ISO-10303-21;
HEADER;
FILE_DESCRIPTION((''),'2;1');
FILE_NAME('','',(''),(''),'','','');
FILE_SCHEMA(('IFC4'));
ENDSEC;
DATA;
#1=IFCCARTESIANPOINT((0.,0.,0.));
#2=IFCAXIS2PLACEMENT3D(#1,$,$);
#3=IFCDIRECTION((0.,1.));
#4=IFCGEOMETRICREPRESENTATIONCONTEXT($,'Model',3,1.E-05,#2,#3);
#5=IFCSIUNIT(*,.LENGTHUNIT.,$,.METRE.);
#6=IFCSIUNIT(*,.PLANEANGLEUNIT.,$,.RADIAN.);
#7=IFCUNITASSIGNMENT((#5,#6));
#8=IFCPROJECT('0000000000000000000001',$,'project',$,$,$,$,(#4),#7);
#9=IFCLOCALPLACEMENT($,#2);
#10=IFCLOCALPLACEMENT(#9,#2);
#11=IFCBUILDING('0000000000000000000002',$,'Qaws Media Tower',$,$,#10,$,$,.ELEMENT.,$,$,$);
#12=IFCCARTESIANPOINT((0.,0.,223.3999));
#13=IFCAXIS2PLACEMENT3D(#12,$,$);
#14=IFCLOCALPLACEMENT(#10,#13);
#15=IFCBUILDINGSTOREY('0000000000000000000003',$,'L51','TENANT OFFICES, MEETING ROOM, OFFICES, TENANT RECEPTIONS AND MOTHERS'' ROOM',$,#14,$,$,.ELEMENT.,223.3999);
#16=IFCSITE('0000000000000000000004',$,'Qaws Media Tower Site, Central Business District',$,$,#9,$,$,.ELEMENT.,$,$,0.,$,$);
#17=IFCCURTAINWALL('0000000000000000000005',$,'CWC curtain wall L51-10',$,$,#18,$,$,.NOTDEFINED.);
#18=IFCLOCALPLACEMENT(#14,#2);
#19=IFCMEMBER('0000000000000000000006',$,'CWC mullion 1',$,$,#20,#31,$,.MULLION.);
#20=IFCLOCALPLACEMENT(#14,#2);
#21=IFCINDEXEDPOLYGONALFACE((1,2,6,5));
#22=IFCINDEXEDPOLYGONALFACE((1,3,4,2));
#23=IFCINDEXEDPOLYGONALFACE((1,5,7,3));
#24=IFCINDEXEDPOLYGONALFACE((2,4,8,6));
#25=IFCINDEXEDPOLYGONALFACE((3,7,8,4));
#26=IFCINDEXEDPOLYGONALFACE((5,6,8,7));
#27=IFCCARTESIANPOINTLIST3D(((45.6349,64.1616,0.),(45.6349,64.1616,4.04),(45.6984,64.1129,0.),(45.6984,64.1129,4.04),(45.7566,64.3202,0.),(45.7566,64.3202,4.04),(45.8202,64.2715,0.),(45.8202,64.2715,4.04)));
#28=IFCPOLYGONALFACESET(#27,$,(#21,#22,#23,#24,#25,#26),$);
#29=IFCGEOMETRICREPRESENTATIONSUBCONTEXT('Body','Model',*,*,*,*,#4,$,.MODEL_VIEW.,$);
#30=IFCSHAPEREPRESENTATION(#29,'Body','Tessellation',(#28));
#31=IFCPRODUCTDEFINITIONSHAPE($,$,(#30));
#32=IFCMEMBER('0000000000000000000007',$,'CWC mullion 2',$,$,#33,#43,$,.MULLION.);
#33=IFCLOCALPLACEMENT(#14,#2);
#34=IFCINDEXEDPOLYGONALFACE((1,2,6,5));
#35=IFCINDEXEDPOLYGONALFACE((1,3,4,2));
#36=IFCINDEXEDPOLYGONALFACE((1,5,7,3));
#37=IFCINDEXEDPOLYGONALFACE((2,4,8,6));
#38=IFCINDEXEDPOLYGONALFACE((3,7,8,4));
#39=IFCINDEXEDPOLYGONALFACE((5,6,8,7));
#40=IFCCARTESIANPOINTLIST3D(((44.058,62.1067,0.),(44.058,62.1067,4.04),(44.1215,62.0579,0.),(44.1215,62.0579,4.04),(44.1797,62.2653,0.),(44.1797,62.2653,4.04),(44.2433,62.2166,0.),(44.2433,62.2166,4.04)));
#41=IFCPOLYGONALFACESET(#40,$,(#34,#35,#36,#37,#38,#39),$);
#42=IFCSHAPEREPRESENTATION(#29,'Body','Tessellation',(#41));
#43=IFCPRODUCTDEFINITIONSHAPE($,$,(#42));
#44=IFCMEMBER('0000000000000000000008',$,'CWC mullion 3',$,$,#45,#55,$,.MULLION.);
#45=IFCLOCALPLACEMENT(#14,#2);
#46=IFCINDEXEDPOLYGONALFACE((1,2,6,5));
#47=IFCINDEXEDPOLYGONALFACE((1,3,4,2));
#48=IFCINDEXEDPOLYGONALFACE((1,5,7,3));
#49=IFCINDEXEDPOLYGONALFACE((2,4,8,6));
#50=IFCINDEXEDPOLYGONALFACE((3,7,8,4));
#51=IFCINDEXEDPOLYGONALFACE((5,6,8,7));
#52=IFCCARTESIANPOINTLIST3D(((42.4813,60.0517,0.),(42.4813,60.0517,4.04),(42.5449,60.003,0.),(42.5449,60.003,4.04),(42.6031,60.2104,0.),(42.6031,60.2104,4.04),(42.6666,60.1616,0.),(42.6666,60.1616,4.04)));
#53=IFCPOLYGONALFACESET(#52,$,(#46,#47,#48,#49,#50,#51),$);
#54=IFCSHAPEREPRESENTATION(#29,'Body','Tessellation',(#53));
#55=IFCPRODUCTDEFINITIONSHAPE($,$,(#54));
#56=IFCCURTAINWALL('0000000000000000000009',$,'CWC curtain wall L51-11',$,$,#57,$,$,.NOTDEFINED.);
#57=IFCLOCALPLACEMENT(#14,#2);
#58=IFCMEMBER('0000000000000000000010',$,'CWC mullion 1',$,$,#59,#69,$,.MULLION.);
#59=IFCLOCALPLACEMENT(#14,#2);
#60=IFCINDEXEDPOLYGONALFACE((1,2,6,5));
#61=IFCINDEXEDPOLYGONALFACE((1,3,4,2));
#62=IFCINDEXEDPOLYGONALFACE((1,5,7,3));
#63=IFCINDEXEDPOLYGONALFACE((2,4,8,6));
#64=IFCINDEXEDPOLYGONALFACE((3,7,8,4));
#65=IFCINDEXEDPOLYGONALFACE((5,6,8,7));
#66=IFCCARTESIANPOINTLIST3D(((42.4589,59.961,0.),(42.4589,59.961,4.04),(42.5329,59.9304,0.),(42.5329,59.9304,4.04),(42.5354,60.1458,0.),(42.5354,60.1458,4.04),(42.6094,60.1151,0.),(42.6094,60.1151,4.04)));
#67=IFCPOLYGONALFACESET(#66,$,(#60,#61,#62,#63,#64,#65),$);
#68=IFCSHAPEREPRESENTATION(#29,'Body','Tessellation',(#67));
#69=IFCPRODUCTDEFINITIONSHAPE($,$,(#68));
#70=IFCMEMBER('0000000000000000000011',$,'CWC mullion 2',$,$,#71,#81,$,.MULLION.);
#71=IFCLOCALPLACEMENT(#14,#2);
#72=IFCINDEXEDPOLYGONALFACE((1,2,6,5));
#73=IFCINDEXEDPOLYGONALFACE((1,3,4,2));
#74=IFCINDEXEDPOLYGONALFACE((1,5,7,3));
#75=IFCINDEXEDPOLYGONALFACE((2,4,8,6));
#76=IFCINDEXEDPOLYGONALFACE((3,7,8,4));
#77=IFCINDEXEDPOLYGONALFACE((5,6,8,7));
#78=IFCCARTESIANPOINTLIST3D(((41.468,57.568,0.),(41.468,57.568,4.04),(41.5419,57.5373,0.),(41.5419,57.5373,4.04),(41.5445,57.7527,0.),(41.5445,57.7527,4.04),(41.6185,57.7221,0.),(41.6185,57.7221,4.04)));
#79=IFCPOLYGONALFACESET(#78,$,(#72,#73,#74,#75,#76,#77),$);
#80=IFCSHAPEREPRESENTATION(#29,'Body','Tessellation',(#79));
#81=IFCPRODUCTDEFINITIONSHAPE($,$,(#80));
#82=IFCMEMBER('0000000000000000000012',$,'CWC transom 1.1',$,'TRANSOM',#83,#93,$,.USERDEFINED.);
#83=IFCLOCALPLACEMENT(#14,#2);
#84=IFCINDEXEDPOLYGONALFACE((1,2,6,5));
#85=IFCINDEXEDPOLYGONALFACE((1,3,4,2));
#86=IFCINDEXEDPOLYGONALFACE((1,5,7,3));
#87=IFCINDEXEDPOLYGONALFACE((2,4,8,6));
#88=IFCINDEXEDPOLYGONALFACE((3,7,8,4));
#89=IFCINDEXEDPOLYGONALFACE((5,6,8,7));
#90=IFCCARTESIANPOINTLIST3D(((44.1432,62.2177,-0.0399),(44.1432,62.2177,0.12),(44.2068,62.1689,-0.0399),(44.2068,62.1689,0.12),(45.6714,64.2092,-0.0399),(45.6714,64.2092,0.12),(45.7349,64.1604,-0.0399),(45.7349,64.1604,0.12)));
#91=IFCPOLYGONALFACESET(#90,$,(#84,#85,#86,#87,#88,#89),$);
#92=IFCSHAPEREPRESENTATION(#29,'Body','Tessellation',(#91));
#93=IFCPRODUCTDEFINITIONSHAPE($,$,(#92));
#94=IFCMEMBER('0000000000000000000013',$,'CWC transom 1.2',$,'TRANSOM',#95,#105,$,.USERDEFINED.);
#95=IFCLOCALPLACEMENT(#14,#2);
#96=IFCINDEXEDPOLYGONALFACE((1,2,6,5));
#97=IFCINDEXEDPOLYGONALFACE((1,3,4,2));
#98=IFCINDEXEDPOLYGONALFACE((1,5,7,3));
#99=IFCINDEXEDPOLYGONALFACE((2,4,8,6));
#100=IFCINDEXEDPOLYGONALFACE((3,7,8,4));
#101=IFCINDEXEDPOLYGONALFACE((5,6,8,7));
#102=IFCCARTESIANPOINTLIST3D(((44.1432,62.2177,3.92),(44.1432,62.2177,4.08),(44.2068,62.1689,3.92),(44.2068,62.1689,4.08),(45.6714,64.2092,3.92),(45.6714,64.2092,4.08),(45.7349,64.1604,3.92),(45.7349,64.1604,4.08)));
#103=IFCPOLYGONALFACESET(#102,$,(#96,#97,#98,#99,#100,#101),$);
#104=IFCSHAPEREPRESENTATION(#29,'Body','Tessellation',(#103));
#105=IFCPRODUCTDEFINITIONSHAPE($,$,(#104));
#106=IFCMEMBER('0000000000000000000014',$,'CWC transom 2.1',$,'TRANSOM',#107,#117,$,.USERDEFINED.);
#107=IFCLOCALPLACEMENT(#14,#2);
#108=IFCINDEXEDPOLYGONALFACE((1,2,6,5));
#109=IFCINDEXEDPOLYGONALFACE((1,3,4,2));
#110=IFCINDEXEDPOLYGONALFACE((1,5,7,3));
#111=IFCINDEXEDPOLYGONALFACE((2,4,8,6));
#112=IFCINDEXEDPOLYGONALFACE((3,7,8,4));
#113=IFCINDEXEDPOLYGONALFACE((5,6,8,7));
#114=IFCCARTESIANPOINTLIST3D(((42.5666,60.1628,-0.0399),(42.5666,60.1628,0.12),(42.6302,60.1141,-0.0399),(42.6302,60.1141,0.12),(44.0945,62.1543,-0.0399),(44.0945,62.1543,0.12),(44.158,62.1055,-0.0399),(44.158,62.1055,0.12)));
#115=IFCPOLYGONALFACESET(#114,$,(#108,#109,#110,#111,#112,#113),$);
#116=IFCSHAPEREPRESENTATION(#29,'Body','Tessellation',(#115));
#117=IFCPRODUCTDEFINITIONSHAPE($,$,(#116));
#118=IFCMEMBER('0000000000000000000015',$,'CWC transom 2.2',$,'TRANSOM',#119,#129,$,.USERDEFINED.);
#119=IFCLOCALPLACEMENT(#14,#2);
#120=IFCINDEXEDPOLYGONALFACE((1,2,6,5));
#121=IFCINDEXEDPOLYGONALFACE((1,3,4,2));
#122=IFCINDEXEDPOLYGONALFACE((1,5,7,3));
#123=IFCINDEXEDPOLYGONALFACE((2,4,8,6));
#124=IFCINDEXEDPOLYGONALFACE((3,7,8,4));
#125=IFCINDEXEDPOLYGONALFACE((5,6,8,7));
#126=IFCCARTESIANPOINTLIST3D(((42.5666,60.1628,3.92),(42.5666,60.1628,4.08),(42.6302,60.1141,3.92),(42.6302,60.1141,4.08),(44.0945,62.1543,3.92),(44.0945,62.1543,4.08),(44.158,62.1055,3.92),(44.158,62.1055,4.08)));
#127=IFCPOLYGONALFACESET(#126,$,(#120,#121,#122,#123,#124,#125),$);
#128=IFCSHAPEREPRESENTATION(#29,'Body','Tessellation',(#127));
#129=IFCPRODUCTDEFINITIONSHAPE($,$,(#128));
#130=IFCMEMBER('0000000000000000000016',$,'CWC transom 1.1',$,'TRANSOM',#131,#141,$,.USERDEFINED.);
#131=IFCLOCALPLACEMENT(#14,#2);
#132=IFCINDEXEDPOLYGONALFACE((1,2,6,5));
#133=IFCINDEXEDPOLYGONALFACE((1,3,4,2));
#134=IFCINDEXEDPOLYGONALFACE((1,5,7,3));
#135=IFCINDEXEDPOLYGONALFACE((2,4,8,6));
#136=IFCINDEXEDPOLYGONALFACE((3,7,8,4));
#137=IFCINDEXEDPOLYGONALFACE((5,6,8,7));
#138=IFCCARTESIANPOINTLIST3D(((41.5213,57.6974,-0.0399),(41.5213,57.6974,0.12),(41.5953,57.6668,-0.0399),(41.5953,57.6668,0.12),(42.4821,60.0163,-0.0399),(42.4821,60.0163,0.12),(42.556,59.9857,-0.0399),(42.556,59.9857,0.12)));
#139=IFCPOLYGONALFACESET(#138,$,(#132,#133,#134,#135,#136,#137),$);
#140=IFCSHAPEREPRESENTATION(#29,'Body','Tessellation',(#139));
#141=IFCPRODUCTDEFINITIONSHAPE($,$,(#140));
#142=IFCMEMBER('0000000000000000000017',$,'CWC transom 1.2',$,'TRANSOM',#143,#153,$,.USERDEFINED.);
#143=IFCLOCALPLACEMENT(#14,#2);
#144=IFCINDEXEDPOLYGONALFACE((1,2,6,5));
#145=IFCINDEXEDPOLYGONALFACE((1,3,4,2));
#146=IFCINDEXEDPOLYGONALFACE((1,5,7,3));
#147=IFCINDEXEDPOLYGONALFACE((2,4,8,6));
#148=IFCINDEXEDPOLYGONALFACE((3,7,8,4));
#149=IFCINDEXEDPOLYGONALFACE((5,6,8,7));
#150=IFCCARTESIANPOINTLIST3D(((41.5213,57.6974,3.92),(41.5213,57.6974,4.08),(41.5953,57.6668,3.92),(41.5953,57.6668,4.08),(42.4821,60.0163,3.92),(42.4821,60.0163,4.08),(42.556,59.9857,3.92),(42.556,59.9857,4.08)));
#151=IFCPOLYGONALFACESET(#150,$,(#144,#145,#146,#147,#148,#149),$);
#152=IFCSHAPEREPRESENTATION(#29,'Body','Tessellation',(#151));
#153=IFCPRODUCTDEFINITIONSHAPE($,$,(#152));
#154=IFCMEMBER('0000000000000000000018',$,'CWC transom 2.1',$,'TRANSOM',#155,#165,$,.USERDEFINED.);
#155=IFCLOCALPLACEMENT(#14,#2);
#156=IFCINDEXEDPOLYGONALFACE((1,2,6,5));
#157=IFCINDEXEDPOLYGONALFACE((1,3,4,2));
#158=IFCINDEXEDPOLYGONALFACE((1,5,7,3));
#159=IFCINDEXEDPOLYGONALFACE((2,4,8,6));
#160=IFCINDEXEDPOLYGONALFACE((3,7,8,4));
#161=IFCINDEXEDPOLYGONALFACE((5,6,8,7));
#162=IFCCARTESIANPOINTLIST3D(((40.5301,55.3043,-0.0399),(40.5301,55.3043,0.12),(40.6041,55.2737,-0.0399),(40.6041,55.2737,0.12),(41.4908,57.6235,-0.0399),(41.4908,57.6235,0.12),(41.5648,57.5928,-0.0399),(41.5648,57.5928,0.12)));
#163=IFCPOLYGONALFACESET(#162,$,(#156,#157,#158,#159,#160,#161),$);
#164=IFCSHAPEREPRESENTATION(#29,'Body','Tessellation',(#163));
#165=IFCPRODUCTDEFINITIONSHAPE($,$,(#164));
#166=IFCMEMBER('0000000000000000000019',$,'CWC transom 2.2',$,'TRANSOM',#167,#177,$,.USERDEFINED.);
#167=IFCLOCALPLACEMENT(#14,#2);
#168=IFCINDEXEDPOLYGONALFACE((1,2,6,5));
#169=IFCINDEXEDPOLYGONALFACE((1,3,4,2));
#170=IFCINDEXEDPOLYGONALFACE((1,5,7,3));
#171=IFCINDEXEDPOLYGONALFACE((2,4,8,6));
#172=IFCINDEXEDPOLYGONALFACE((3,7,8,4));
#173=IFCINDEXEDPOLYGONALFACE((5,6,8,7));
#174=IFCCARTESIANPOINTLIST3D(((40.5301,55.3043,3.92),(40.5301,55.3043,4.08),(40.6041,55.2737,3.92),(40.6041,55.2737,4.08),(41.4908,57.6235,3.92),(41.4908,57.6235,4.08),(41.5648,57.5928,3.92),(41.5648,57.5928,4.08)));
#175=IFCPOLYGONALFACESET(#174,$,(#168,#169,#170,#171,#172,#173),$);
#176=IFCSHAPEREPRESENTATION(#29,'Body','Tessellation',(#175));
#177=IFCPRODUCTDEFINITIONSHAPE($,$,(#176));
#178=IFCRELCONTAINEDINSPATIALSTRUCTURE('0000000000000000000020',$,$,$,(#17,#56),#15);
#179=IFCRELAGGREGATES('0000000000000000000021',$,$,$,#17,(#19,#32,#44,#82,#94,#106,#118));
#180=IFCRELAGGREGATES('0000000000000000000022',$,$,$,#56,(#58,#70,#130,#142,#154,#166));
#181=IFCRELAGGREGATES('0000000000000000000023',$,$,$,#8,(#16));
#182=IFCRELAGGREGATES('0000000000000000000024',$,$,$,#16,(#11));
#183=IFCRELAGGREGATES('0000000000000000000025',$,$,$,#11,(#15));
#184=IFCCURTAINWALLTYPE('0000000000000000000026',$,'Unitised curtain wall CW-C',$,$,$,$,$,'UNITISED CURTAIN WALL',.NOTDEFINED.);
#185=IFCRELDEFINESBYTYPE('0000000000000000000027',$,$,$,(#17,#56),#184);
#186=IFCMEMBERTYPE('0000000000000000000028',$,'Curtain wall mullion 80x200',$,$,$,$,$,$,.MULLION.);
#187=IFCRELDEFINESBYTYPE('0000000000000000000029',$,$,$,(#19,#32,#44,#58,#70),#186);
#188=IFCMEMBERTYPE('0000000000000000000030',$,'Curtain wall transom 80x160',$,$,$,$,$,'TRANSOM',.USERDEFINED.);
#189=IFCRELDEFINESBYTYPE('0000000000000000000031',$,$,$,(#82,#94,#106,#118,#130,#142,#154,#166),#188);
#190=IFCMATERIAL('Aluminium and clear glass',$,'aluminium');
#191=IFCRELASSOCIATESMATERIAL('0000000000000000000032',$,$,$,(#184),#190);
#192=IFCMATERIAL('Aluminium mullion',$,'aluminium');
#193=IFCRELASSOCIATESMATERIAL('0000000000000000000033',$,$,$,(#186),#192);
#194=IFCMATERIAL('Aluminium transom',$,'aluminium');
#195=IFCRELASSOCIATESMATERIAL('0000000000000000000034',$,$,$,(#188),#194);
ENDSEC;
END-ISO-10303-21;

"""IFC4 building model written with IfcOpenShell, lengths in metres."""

from ifc_helpers import new_model, si_unit, direction, frame, origin, origin_2d, place, context, subcontext, project, spatial, rectangle, extrude, material, material_profile, profile_set, type_object, element, aggregate, save


model = new_model("IFC4")

# Units and contexts
model_context = context("Model", 3, precision=1e-05, world=origin(), true_north=direction((0.0, 1.0)))
body_context = subcontext(model_context, "Body", "Model", "MODEL_VIEW")
ifc_project = project(units=[si_unit("LENGTHUNIT", "METRE"), si_unit("PLANEANGLEUNIT", "RADIAN")], contexts=[model_context])

# Site, building, storey
site_placement = place(None, origin())
site = spatial("IfcSite", under=ifc_project, at=site_placement, Name="Qaws Media Tower Site, Central Business District", CompositionType="ELEMENT", RefElevation=0.0)
building_placement = place(site_placement, origin())
building = spatial("IfcBuilding", under=site, at=building_placement, Name="Qaws Media Tower", CompositionType="ELEMENT")
storey_placement = place(building_placement, frame((0.0, 0.0, 223.3999)))
storey = spatial("IfcBuildingStorey", under=building, at=storey_placement, Name="L51", Description="TENANT OFFICES, MEETING ROOM, OFFICES, TENANT RECEPTIONS AND MOTHERS' ROOM", CompositionType="ELEMENT", Elevation=223.3999)

# Curtain walls, members
ifc_material_1 = material(Name="Aluminium and clear glass", Category="aluminium")
curtain_wall_type = type_object("IfcCurtainWallType", Name="Unitised curtain wall CW-C", ElementType="UNITISED CURTAIN WALL", PredefinedType="NOTDEFINED", material=ifc_material_1)
curtain_wall_1_placement = place(storey_placement, origin())
curtain_wall_1 = element("IfcCurtainWall", 1, at=curtain_wall_1_placement, inside=storey, type_object=curtain_wall_type, Name="CWC curtain wall L51-10", PredefinedType="NOTDEFINED")
ifc_material_2 = material(Name="Aluminium mullion", Category="aluminium")
ifc_material_profile_1 = material_profile(ifc_material_2, rectangle(XDim=0.0801, YDim=0.2, at=origin_2d()), Name="80x200")
ifc_profile_set_1 = profile_set([ifc_material_profile_1], Name="Aluminium mullion")
member_type_1 = type_object("IfcMemberType", Name="Curtain wall mullion 80x200", PredefinedType="MULLION", material=ifc_profile_set_1)
member_1_placement = place(storey_placement, frame((45.7275, 64.2166, 0.0), z_axis=(0.0, 0.0, 1.0), x_axis=(0.793353, -0.608761, 0.0)))
member_1 = element("IfcMember", 2, at=member_1_placement, type_object=member_type_1, Name="CWC mullion 1", PredefinedType="MULLION", context=body_context, shape_type="SweptSolid", body=[
    extrude(rectangle(XDim=0.0801, YDim=0.2, at=origin_2d()), origin(), (0.0, 0.0, 1.0), 4.04),
])
member_2_placement = place(storey_placement, frame((44.1506, 62.1616, 0.0), z_axis=(0.0, 0.0, 1.0), x_axis=(0.793353, -0.608761, 0.0)))
member_2 = element("IfcMember", 3, at=member_2_placement, type_object=member_type_1, Name="CWC mullion 2", PredefinedType="MULLION", context=body_context, shape_type="SweptSolid", body=[
    extrude(rectangle(XDim=0.0801, YDim=0.2, at=origin_2d()), origin(), (0.0, 0.0, 1.0), 4.04),
])
member_3_placement = place(storey_placement, frame((42.574, 60.1067, 0.0), z_axis=(0.0, 0.0, 1.0), x_axis=(0.793353, -0.608761, 0.0)))
member_3 = element("IfcMember", 4, at=member_3_placement, type_object=member_type_1, Name="CWC mullion 3", PredefinedType="MULLION", context=body_context, shape_type="SweptSolid", body=[
    extrude(rectangle(XDim=0.0801, YDim=0.2, at=origin_2d()), origin(), (0.0, 0.0, 1.0), 4.04),
])
curtain_wall_2_placement = place(storey_placement, origin())
curtain_wall_2 = element("IfcCurtainWall", 5, at=curtain_wall_2_placement, inside=storey, type_object=curtain_wall_type, Name="CWC curtain wall L51-11", PredefinedType="NOTDEFINED")
member_4_placement = place(storey_placement, frame((42.5342, 60.0381, 0.0), z_axis=(0.0, 0.0, 1.0), x_axis=(0.92388, -0.382683, 0.0)))
member_4 = element("IfcMember", 6, at=member_4_placement, type_object=member_type_1, Name="CWC mullion 1", PredefinedType="MULLION", context=body_context, shape_type="SweptSolid", body=[
    extrude(rectangle(XDim=0.0801, YDim=0.2, at=origin_2d()), origin(), (0.0, 0.0, 1.0), 4.04),
])
member_5_placement = place(storey_placement, frame((41.5432, 57.645, 0.0), z_axis=(0.0, 0.0, 1.0), x_axis=(0.92388, -0.382683, 0.0)))
member_5 = element("IfcMember", 7, at=member_5_placement, type_object=member_type_1, Name="CWC mullion 2", PredefinedType="MULLION", context=body_context, shape_type="SweptSolid", body=[
    extrude(rectangle(XDim=0.0801, YDim=0.2, at=origin_2d()), origin(), (0.0, 0.0, 1.0), 4.04),
])

# Members
ifc_material_3 = material(Name="Aluminium transom", Category="aluminium")
ifc_material_profile_2 = material_profile(ifc_material_3, rectangle(XDim=0.0801, YDim=0.1599, at=origin_2d()), Name="80x160")
ifc_profile_set_2 = profile_set([ifc_material_profile_2], Name="Aluminium transom")
member_type_2 = type_object("IfcMemberType", Name="Curtain wall transom 80x160", ElementType="TRANSOM", PredefinedType="USERDEFINED", material=ifc_profile_set_2)
member_6_placement = place(storey_placement, frame((45.7031, 64.1848, 0.04), z_axis=(-0.608756, -0.793357, 0.0), x_axis=(0.793357, -0.608756, 0.0)))
member_6 = element("IfcMember", 8, at=member_6_placement, type_object=member_type_2, Name="CWC transom 1.1", ObjectType="TRANSOM", PredefinedType="USERDEFINED", context=body_context, shape_type="SweptSolid", body=[
    extrude(rectangle(XDim=0.0801, YDim=0.1599, at=origin_2d()), origin(), (0.0, 0.0, 1.0), 2.5103),
])
member_7_placement = place(storey_placement, frame((45.7031, 64.1848, 4.0), z_axis=(-0.608756, -0.793357, 0.0), x_axis=(0.793357, -0.608756, 0.0)))
member_7 = element("IfcMember", 9, at=member_7_placement, type_object=member_type_2, Name="CWC transom 1.2", ObjectType="TRANSOM", PredefinedType="USERDEFINED", context=body_context, shape_type="SweptSolid", body=[
    extrude(rectangle(XDim=0.0801, YDim=0.1599, at=origin_2d()), origin(), (0.0, 0.0, 1.0), 2.5103),
])
member_8_placement = place(storey_placement, frame((44.1262, 62.1299, 0.04), z_axis=(-0.608695, -0.793404, 0.0), x_axis=(0.793404, -0.608695, 0.0)))
member_8 = element("IfcMember", 10, at=member_8_placement, type_object=member_type_2, Name="CWC transom 2.1", ObjectType="TRANSOM", PredefinedType="USERDEFINED", context=body_context, shape_type="SweptSolid", body=[
    extrude(rectangle(XDim=0.0801, YDim=0.1599, at=origin_2d()), origin(), (0.0, 0.0, 1.0), 2.51),
])
member_9_placement = place(storey_placement, frame((44.1262, 62.1299, 4.0), z_axis=(-0.608695, -0.793404, 0.0), x_axis=(0.793404, -0.608695, 0.0)))
member_9 = element("IfcMember", 11, at=member_9_placement, type_object=member_type_2, Name="CWC transom 2.2", ObjectType="TRANSOM", PredefinedType="USERDEFINED", context=body_context, shape_type="SweptSolid", body=[
    extrude(rectangle(XDim=0.0801, YDim=0.1599, at=origin_2d()), origin(), (0.0, 0.0, 1.0), 2.51),
])
member_10_placement = place(storey_placement, frame((42.519, 60.001, 0.04), z_axis=(-0.38275, -0.923852, 0.0), x_axis=(0.923852, -0.38275, 0.0)))
member_10 = element("IfcMember", 12, at=member_10_placement, type_object=member_type_2, Name="CWC transom 1.1", ObjectType="TRANSOM", PredefinedType="USERDEFINED", context=body_context, shape_type="SweptSolid", body=[
    extrude(rectangle(XDim=0.0801, YDim=0.1599, at=origin_2d()), origin(), (0.0, 0.0, 1.0), 2.51),
])
member_11_placement = place(storey_placement, frame((42.519, 60.001, 4.0), z_axis=(-0.38275, -0.923852, 0.0), x_axis=(0.923852, -0.38275, 0.0)))
member_11 = element("IfcMember", 13, at=member_11_placement, type_object=member_type_2, Name="CWC transom 1.2", ObjectType="TRANSOM", PredefinedType="USERDEFINED", context=body_context, shape_type="SweptSolid", body=[
    extrude(rectangle(XDim=0.0801, YDim=0.1599, at=origin_2d()), origin(), (0.0, 0.0, 1.0), 2.51),
])
member_12_placement = place(storey_placement, frame((41.5278, 57.6082, 0.04), z_axis=(-0.382715, -0.923866, 0.0), x_axis=(0.923866, -0.382715, 0.0)))
member_12 = element("IfcMember", 14, at=member_12_placement, type_object=member_type_2, Name="CWC transom 2.1", ObjectType="TRANSOM", PredefinedType="USERDEFINED", context=body_context, shape_type="SweptSolid", body=[
    extrude(rectangle(XDim=0.0801, YDim=0.1599, at=origin_2d()), origin(), (0.0, 0.0, 1.0), 2.5103),
])
member_13_placement = place(storey_placement, frame((41.5278, 57.6082, 4.0), z_axis=(-0.382715, -0.923866, 0.0), x_axis=(0.923866, -0.382715, 0.0)))
member_13 = element("IfcMember", 15, at=member_13_placement, type_object=member_type_2, Name="CWC transom 2.2", ObjectType="TRANSOM", PredefinedType="USERDEFINED", context=body_context, shape_type="SweptSolid", body=[
    extrude(rectangle(XDim=0.0801, YDim=0.1599, at=origin_2d()), origin(), (0.0, 0.0, 1.0), 2.5103),
])

aggregate(curtain_wall_1, [member_1, member_2, member_3, member_6, member_7, member_8, member_9])
aggregate(curtain_wall_2, [member_4, member_5, member_10, member_11, member_12, member_13])

save(model, "model.ifc")
